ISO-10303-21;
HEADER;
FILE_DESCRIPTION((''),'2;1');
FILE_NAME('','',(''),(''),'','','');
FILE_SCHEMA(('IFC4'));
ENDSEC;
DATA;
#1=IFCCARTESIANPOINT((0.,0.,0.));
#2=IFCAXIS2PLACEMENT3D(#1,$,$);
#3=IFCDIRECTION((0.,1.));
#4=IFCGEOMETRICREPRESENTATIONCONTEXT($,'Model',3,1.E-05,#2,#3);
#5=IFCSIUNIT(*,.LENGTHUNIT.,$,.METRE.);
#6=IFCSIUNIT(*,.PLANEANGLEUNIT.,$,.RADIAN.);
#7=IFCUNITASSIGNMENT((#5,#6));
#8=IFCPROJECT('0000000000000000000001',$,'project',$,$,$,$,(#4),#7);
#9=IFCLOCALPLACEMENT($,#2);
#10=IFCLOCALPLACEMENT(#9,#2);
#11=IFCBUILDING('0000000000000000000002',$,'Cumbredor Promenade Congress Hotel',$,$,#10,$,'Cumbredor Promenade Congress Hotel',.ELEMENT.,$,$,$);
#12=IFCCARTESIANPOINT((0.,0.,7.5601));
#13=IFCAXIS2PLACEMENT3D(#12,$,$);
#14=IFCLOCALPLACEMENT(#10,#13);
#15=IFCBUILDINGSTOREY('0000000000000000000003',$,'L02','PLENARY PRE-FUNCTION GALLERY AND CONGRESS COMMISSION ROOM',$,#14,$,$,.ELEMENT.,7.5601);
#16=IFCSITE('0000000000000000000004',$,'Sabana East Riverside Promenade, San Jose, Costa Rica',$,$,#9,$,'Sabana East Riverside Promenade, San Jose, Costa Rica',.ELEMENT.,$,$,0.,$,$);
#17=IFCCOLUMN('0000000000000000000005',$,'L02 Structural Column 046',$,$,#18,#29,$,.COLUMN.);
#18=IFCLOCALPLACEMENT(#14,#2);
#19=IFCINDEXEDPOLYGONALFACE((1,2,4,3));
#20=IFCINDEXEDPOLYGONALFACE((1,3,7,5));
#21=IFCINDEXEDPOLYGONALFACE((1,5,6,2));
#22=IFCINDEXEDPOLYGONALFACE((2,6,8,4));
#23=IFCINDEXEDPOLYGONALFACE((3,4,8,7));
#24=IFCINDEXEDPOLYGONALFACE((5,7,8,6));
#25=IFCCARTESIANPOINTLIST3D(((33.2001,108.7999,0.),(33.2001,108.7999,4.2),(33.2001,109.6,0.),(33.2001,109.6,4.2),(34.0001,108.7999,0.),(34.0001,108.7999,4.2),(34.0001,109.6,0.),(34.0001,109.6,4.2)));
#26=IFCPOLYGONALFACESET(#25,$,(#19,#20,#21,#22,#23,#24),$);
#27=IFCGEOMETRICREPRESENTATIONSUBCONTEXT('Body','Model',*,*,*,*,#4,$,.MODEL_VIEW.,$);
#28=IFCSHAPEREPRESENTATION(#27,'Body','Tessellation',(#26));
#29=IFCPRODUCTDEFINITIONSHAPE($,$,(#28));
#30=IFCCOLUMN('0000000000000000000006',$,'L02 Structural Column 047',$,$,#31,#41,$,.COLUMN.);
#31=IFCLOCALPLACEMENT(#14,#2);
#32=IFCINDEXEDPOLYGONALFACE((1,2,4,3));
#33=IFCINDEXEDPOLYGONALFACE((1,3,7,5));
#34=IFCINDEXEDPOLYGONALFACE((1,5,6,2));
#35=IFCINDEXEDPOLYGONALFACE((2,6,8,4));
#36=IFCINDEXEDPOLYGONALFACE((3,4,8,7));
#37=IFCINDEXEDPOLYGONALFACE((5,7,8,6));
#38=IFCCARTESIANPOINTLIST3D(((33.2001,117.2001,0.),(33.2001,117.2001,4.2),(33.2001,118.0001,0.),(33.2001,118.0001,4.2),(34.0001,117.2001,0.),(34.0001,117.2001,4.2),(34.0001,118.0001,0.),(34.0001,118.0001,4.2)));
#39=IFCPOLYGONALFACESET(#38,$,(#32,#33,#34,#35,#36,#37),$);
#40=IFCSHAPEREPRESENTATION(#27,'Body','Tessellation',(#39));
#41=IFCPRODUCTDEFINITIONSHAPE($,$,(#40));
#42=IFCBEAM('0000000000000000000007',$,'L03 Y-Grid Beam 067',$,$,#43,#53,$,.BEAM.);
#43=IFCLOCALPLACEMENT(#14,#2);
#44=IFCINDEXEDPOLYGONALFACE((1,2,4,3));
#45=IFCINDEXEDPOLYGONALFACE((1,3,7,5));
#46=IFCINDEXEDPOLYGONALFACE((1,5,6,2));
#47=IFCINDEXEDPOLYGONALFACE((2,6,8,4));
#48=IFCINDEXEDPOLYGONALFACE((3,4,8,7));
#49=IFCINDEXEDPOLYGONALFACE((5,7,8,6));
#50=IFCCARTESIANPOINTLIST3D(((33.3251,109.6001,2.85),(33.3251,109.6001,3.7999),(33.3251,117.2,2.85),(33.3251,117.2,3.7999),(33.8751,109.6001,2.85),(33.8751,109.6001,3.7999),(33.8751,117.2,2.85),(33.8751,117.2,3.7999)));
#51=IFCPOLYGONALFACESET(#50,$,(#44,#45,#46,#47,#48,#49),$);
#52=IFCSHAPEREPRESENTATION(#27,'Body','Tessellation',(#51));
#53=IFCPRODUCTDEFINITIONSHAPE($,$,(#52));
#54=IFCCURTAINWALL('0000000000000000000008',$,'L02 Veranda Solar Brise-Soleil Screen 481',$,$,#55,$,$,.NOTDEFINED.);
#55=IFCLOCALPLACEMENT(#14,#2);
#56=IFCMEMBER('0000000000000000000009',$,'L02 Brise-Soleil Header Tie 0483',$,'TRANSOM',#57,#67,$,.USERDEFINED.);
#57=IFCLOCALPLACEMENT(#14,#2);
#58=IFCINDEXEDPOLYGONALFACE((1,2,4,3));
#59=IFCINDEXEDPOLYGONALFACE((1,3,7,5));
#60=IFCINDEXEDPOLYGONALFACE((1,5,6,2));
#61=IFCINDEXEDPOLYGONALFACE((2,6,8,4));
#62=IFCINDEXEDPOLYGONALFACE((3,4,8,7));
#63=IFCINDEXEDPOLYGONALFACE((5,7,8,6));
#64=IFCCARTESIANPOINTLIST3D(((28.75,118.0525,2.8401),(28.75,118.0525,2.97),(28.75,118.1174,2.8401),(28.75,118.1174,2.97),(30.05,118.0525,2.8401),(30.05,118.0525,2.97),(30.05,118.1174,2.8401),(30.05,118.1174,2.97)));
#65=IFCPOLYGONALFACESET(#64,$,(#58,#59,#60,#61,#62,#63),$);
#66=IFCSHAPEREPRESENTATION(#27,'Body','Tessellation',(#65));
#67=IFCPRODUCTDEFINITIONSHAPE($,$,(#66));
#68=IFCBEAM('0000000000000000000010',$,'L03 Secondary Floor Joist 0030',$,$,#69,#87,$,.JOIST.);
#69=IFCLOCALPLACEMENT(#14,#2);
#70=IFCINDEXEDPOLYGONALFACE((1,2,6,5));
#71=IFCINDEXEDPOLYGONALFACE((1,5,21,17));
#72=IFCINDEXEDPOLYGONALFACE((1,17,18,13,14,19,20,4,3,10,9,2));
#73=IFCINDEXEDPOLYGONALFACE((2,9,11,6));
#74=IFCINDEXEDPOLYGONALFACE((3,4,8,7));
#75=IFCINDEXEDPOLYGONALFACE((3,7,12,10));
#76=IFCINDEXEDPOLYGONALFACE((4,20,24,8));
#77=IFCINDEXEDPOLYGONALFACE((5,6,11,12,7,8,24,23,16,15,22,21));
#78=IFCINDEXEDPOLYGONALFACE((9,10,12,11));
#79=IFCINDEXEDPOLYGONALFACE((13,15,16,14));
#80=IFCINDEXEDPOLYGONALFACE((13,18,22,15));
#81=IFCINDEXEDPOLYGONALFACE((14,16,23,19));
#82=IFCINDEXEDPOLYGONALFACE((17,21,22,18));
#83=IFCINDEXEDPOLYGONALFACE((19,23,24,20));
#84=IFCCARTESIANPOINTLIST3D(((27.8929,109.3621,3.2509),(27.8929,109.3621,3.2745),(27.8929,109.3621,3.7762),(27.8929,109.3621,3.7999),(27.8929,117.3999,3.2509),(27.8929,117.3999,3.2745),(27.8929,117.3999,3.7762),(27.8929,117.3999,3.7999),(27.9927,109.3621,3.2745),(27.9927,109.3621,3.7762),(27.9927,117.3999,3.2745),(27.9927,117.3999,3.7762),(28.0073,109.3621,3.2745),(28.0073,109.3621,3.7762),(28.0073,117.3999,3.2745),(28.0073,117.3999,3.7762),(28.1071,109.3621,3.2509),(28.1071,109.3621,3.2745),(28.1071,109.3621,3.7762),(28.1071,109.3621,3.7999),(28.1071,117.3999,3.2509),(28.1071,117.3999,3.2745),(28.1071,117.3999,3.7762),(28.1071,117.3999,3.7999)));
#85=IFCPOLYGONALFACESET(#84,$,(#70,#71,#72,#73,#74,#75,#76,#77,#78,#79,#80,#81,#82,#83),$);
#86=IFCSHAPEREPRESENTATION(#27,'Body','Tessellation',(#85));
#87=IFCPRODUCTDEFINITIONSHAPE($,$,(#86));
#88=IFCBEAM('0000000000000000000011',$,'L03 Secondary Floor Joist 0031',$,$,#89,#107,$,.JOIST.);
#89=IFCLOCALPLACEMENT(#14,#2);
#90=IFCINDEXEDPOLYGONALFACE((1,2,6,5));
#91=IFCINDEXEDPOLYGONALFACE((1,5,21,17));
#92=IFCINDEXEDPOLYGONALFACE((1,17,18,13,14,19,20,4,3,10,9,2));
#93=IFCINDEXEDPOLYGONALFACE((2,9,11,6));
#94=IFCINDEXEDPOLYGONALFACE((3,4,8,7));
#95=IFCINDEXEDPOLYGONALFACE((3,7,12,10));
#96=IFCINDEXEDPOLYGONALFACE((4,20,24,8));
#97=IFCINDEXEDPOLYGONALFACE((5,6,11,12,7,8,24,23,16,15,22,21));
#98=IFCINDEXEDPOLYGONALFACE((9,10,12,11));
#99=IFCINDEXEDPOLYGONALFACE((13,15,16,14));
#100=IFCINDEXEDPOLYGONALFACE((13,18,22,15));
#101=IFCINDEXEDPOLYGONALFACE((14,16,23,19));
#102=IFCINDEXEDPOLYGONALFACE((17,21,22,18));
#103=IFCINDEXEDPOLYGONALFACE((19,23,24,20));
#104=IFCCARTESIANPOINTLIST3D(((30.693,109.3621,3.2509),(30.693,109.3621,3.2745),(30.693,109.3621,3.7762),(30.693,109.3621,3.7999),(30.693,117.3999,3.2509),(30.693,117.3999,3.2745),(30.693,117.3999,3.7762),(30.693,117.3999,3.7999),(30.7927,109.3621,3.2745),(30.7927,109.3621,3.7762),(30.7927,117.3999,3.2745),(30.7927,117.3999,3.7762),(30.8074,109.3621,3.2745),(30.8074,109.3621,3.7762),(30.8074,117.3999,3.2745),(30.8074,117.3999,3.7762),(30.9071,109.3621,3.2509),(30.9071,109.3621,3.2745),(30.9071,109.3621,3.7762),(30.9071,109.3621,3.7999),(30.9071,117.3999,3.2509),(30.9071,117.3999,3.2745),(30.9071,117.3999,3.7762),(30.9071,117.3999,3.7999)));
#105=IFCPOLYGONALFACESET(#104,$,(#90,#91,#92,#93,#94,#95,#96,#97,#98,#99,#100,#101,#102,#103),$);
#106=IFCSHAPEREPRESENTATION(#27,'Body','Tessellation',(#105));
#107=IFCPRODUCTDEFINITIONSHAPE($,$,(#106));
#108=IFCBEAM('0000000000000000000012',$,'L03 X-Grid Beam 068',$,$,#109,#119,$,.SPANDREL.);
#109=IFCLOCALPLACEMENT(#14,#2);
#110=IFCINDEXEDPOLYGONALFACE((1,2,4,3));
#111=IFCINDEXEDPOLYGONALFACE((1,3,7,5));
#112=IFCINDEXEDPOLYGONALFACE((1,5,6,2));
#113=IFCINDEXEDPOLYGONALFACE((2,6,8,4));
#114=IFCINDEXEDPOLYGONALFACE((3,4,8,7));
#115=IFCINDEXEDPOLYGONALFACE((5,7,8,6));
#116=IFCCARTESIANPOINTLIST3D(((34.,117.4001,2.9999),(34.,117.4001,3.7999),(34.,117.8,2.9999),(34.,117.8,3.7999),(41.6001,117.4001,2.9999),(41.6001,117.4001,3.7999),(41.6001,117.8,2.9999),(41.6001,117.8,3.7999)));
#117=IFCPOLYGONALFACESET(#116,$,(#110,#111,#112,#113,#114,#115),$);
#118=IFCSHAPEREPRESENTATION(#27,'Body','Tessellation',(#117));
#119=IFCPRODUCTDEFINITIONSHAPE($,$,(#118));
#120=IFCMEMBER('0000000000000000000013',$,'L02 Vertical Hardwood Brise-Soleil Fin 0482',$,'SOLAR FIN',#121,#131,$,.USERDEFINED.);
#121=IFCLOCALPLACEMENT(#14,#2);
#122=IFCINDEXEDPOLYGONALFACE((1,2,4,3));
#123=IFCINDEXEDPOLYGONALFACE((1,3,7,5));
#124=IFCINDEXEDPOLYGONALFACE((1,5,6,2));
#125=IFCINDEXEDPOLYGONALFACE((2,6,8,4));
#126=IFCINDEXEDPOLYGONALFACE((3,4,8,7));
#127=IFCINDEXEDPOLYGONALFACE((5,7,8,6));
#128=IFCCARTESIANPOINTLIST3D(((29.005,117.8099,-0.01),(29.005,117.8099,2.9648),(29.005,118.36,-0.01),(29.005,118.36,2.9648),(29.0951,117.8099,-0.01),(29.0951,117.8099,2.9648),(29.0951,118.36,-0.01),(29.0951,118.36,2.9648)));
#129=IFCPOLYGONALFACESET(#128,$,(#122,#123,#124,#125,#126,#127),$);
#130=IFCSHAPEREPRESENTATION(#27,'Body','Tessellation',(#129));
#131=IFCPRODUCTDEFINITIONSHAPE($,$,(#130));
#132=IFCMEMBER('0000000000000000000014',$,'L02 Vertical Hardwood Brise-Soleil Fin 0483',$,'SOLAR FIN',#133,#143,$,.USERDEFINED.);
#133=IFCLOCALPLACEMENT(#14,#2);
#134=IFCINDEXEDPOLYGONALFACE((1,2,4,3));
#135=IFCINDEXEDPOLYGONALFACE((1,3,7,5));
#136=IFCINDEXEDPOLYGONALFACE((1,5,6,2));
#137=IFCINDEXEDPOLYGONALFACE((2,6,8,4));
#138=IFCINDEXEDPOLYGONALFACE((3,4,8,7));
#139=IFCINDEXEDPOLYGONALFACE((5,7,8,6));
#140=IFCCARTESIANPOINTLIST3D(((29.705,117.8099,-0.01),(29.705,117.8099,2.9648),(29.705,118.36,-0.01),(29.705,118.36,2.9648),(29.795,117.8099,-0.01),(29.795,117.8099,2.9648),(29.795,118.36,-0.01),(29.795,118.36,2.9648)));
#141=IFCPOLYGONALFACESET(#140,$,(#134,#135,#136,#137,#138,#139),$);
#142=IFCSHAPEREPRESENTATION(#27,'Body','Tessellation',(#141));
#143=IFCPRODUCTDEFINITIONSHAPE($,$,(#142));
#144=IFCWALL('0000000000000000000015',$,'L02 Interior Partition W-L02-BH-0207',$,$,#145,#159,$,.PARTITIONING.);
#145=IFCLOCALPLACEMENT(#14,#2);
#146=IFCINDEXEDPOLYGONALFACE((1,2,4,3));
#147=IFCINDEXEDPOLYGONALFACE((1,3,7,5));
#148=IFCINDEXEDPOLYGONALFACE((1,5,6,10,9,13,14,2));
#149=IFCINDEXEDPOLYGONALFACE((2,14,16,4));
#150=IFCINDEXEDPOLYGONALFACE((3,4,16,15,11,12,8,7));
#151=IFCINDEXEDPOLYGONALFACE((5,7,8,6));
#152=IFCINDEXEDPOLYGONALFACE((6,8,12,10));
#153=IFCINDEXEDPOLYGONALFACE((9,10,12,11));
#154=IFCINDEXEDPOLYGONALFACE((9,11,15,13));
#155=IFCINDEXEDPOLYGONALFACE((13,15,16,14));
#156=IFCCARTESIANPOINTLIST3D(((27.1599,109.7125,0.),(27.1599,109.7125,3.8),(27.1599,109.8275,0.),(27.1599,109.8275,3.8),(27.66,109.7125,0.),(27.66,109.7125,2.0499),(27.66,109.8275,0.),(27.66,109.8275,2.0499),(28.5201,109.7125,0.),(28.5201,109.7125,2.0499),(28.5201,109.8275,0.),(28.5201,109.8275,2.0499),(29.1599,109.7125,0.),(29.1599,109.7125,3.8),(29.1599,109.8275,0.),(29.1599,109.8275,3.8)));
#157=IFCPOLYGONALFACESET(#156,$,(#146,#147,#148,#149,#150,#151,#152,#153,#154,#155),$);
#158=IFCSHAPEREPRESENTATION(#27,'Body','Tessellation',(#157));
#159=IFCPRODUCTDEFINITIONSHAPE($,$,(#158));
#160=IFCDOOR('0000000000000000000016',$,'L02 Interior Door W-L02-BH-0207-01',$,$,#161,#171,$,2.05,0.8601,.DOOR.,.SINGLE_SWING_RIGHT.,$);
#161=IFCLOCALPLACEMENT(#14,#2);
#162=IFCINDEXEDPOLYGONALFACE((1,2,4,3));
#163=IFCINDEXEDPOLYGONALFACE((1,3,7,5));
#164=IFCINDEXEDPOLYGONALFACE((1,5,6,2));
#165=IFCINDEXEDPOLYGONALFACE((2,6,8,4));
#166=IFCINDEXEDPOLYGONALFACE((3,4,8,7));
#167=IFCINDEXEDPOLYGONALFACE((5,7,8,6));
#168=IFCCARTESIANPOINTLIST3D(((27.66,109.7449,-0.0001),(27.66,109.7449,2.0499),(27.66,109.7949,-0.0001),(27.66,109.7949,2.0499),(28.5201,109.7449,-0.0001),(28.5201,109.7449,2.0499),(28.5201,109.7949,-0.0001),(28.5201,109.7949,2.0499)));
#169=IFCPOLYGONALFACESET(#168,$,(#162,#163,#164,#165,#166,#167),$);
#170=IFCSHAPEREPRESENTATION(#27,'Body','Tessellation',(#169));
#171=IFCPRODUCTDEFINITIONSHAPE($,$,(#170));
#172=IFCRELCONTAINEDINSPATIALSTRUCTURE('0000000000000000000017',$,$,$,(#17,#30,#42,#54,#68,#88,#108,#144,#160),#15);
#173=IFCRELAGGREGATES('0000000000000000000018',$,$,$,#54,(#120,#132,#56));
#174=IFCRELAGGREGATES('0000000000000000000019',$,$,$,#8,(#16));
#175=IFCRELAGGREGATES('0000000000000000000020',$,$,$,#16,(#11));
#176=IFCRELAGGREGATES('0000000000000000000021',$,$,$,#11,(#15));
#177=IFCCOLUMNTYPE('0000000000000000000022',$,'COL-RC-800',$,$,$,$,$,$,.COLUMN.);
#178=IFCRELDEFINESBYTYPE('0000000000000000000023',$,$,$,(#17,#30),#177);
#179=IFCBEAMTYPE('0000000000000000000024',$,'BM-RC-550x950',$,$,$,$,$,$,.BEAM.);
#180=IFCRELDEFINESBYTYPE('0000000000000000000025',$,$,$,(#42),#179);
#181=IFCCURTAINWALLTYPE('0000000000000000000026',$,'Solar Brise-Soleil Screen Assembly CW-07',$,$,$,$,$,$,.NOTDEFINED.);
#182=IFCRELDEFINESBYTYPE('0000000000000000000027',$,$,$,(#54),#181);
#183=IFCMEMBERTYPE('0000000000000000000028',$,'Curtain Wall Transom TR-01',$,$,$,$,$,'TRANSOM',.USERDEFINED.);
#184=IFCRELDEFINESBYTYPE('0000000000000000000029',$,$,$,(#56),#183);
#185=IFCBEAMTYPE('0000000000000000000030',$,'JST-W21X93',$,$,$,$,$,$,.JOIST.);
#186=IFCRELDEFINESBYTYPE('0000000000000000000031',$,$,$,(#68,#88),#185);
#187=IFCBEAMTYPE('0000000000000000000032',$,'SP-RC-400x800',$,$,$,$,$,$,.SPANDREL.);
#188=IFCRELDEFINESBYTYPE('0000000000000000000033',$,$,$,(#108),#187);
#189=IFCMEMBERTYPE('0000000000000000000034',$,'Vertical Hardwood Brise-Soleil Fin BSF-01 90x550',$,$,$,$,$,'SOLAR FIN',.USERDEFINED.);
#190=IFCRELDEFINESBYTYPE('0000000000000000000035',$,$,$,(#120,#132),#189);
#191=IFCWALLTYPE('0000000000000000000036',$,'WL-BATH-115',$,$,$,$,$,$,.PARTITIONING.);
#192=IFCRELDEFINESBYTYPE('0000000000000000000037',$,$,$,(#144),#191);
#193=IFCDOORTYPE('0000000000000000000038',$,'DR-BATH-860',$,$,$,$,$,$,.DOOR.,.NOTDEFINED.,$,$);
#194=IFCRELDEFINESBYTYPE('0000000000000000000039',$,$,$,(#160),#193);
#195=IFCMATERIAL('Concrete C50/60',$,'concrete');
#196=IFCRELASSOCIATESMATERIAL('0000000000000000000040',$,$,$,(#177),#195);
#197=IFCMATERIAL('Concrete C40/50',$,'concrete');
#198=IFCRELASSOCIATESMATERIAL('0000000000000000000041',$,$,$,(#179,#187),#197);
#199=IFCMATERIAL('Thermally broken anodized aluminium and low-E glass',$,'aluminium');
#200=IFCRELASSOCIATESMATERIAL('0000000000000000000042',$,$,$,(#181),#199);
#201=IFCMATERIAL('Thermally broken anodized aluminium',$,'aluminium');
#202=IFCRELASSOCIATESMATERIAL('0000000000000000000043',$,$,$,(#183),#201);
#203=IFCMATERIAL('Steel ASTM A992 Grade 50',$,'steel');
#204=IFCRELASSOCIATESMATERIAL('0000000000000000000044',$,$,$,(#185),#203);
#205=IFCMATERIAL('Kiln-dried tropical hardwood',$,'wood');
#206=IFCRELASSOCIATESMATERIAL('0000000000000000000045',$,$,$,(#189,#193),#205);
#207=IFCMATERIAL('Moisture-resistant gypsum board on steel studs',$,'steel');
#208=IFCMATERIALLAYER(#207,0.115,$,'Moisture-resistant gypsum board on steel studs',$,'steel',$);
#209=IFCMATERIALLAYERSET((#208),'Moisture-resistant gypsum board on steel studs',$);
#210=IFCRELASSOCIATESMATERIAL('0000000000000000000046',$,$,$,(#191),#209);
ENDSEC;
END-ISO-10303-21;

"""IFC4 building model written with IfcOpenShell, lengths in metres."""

from ifc_helpers import new_model, si_unit, direction, frame, frame_2d, origin, origin_2d, place, context, subcontext, project, spatial, rectangle, i_section, extrude, material, layer, layer_set, material_profile, profile_set, type_object, element, fill, aggregate, save


model = new_model("IFC4")

# Units and contexts
model_context = context("Model", 3, precision=1e-05, world=origin(), true_north=direction((0.0, 1.0)))
body_context = subcontext(model_context, "Body", "Model", "MODEL_VIEW")
ifc_project = project(units=[si_unit("LENGTHUNIT", "METRE"), si_unit("PLANEANGLEUNIT", "RADIAN")], contexts=[model_context])

# Site, building, storey
site_placement = place(None, origin())
site = spatial("IfcSite", under=ifc_project, at=site_placement, Name="Sabana East Riverside Promenade, San Jose, Costa Rica", LongName="Sabana East Riverside Promenade, San Jose, Costa Rica", CompositionType="ELEMENT", RefElevation=0.0)
building_placement = place(site_placement, origin())
building = spatial("IfcBuilding", under=site, at=building_placement, Name="Cumbredor Promenade Congress Hotel", LongName="Cumbredor Promenade Congress Hotel", CompositionType="ELEMENT")
storey_placement = place(building_placement, frame((0.0, 0.0, 7.5601)))
storey = spatial("IfcBuildingStorey", under=building, at=storey_placement, Name="L02", Description="PLENARY PRE-FUNCTION GALLERY AND CONGRESS COMMISSION ROOM", CompositionType="ELEMENT", Elevation=7.5601)

# Columns
ifc_material_1 = material(Name="Concrete C50/60", Category="concrete")
ifc_material_profile_1 = material_profile(ifc_material_1, rectangle(XDim=0.8, YDim=0.8, at=origin_2d()), Name="RC 800x800")
ifc_profile_set_1 = profile_set([ifc_material_profile_1], Name="Concrete C50/60")
column_type = type_object("IfcColumnType", Name="COL-RC-800", PredefinedType="COLUMN", material=ifc_profile_set_1)
for number, where, z_axis, x_axis, name in (
    (1, (33.6001, 109.2, 0.0), (0.0, 0.0, 1.0), (1.0, 0.0, 0.0), "L02 Structural Column 046"),
    (2, (33.6001, 117.6001, 0.0), (0.0, 0.0, 1.0), (1.0, 0.0, 0.0), "L02 Structural Column 047"),
):
    element("IfcColumn", number, at=place(storey_placement, frame(where, z_axis=z_axis, x_axis=x_axis)), inside=storey, type_object=column_type, Name=name, PredefinedType="COLUMN", context=body_context, shape_type="SweptSolid", body=[
        extrude(rectangle(XDim=0.8, YDim=0.8, at=origin_2d()), origin(), (0.0, 0.0, 1.0), 4.2),
    ])

# Beam
ifc_material_2 = material(Name="Concrete C40/50", Category="concrete")
ifc_material_profile_2 = material_profile(ifc_material_2, rectangle(XDim=0.55, YDim=0.95, at=origin_2d()), Name="RC BEAM 550x950")
ifc_profile_set_2 = profile_set([ifc_material_profile_2], Name="Concrete C40/50")
beam_type_1 = type_object("IfcBeamType", Name="BM-RC-550x950", PredefinedType="BEAM", material=ifc_profile_set_2)
beam_1_placement = place(storey_placement, frame((33.6001, 109.6001, 3.325), z_axis=(0.0, 1.0, 0.0), x_axis=(-1.0, 0.0, 0.0)))
element("IfcBeam", 3, at=beam_1_placement, inside=storey, type_object=beam_type_1, Name="L03 Y-Grid Beam 067", PredefinedType="BEAM", context=body_context, shape_type="SweptSolid", body=[
    extrude(rectangle(XDim=0.55, YDim=0.95, at=origin_2d()), origin(), (0.0, 0.0, 1.0), 7.5999),
])

# Curtain wall, member
ifc_material_3 = material(Name="Thermally broken anodized aluminium and low-E glass", Category="aluminium")
curtain_wall_type = type_object("IfcCurtainWallType", Name="Solar Brise-Soleil Screen Assembly CW-07", PredefinedType="NOTDEFINED", material=ifc_material_3)
curtain_wall_placement = place(storey_placement, origin())
curtain_wall = element("IfcCurtainWall", 4, at=curtain_wall_placement, inside=storey, type_object=curtain_wall_type, Name="L02 Veranda Solar Brise-Soleil Screen 481", PredefinedType="NOTDEFINED")
ifc_material_4 = material(Name="Thermally broken anodized aluminium", Category="aluminium")
ifc_material_profile_3 = material_profile(ifc_material_4, rectangle(XDim=0.0649, YDim=0.1299, at=origin_2d()), Name="ALU TRANSOM 65x130")
ifc_profile_set_3 = profile_set([ifc_material_profile_3], Name="Thermally broken anodized aluminium")
member_type_1 = type_object("IfcMemberType", Name="Curtain Wall Transom TR-01", ElementType="TRANSOM", PredefinedType="USERDEFINED", material=ifc_profile_set_3)
member_1_placement = place(storey_placement, frame((28.75, 118.085, 2.905), z_axis=(1.0, 0.0, 0.0), x_axis=(0.0, 1.0, 0.0)))
member_1 = element("IfcMember", 5, at=member_1_placement, type_object=member_type_1, Name="L02 Brise-Soleil Header Tie 0483", ObjectType="TRANSOM", PredefinedType="USERDEFINED", context=body_context, shape_type="SweptSolid", body=[
    extrude(rectangle(XDim=0.0649, YDim=0.1299, at=origin_2d()), origin(), (0.0, 0.0, 1.0), 1.3),
])

# Beams
ifc_material_5 = material(Name="Steel ASTM A992 Grade 50", Category="steel")
ifc_material_profile_4 = material_profile(ifc_material_5, i_section(OverallWidth=0.2141, OverallDepth=0.5491, WebThickness=0.0146, FlangeThickness=0.0237, at=origin_2d()), Name="W21X93")
ifc_profile_set_4 = profile_set([ifc_material_profile_4], Name="Steel ASTM A992 Grade 50")
beam_type_2 = type_object("IfcBeamType", Name="JST-W21X93", PredefinedType="JOIST", material=ifc_profile_set_4)
for number, where, z_axis, x_axis, name in (
    (6, (28.0, 109.3621, 3.5254), (0.0, 1.0, 0.0), (-1.0, 0.0, 0.0), "L03 Secondary Floor Joist 0030"),
    (7, (30.8, 109.3621, 3.5254), (0.0, 1.0, 0.0), (-1.0, 0.0, 0.0), "L03 Secondary Floor Joist 0031"),
):
    element("IfcBeam", number, at=place(storey_placement, frame(where, z_axis=z_axis, x_axis=x_axis)), inside=storey, type_object=beam_type_2, Name=name, PredefinedType="JOIST", context=body_context, shape_type="SweptSolid", body=[
        extrude(i_section(OverallWidth=0.2141, OverallDepth=0.5491, WebThickness=0.0146, FlangeThickness=0.0237, at=origin_2d()), origin(), (0.0, 0.0, 1.0), 8.0378),
    ])
ifc_material_profile_5 = material_profile(ifc_material_2, rectangle(XDim=0.3999, YDim=0.8, at=origin_2d()), Name="RC SPANDREL 400x800")
ifc_profile_set_5 = profile_set([ifc_material_profile_5], Name="Concrete C40/50")
beam_type_3 = type_object("IfcBeamType", Name="SP-RC-400x800", PredefinedType="SPANDREL", material=ifc_profile_set_5)
beam_2_placement = place(storey_placement, frame((34.0, 117.6001, 3.3999), z_axis=(1.0, 0.0, 0.0), x_axis=(0.0, 1.0, 0.0)))
element("IfcBeam", 8, at=beam_2_placement, inside=storey, type_object=beam_type_3, Name="L03 X-Grid Beam 068", PredefinedType="SPANDREL", context=body_context, shape_type="SweptSolid", body=[
    extrude(rectangle(XDim=0.3999, YDim=0.8, at=origin_2d()), origin(), (0.0, 0.0, 1.0), 7.6001),
])

# Members
ifc_material_6 = material(Name="Kiln-dried tropical hardwood", Category="wood")
ifc_material_profile_6 = material_profile(ifc_material_6, rectangle(XDim=0.0901, YDim=0.55, at=origin_2d()), Name="ARCH FIN 90x550")
ifc_profile_set_6 = profile_set([ifc_material_profile_6], Name="Kiln-dried tropical hardwood")
member_type_2 = type_object("IfcMemberType", Name="Vertical Hardwood Brise-Soleil Fin BSF-01 90x550", ElementType="SOLAR FIN", PredefinedType="USERDEFINED", material=ifc_profile_set_6)
member_2_placement = place(storey_placement, frame((29.05, 118.085, -0.01), z_axis=(0.0, 0.0, 1.0), x_axis=(1.0, 0.0, 0.0)))
member_2 = element("IfcMember", 9, at=member_2_placement, type_object=member_type_2, Name="L02 Vertical Hardwood Brise-Soleil Fin 0482", ObjectType="SOLAR FIN", PredefinedType="USERDEFINED", context=body_context, shape_type="SweptSolid", body=[
    extrude(rectangle(XDim=0.0901, YDim=0.55, at=origin_2d()), origin(), (0.0, 0.0, 1.0), 2.9749),
])
member_3_placement = place(storey_placement, frame((29.75, 118.085, -0.01), z_axis=(0.0, 0.0, 1.0), x_axis=(1.0, 0.0, 0.0)))
member_3 = element("IfcMember", 10, at=member_3_placement, type_object=member_type_2, Name="L02 Vertical Hardwood Brise-Soleil Fin 0483", ObjectType="SOLAR FIN", PredefinedType="USERDEFINED", context=body_context, shape_type="SweptSolid", body=[
    extrude(rectangle(XDim=0.0901, YDim=0.55, at=origin_2d()), origin(), (0.0, 0.0, 1.0), 2.9749),
])
aggregate(curtain_wall, [member_2, member_3, member_1])

# Wall, opening, door
ifc_material_7 = material(Name="Moisture-resistant gypsum board on steel studs", Category="steel")
ifc_layer_1 = layer(ifc_material_7, 0.115, Name="Moisture-resistant gypsum board on steel studs", Category="steel")
ifc_layer_set_1 = layer_set([ifc_layer_1], Name="Moisture-resistant gypsum board on steel studs")
wall_type_1 = type_object("IfcWallType", Name="WL-BATH-115", PredefinedType="PARTITIONING", material=ifc_layer_set_1)
wall_1_placement = place(storey_placement, frame((27.1599, 109.77, 0.0), z_axis=(0.0, 0.0, 1.0), x_axis=(1.0, 0.0, 0.0)))
wall_1 = element("IfcWall", 11, at=wall_1_placement, inside=storey, type_object=wall_type_1, Name="L02 Interior Partition W-L02-BH-0207", PredefinedType="PARTITIONING", context=body_context, shape_type="SweptSolid", body=[
    extrude(rectangle(XDim=2.0, YDim=0.115, at=frame_2d((1.0, 0.0))), origin(), (0.0, 0.0, 1.0), 3.8),
])
opening_1_placement = place(wall_1_placement, frame((0.5, 0.0, 0.0)))
opening_1 = element("IfcOpeningElement", 12, at=opening_1_placement, cuts=wall_1, PredefinedType="OPENING", context=body_context, shape_type="SweptSolid", body=[
    extrude(rectangle(XDim=0.8601, YDim=2.05, at=frame_2d((0.4302, 1.0249))), frame((0.0, 0.0674, 0.0), z_axis=(0.0, -1.0, 0.0), x_axis=(1.0, 0.0, 0.0)), (0.0, 0.0, 1.0), 0.135),
])
door_type_1 = type_object("IfcDoorType", Name="DR-BATH-860", OperationType="NOTDEFINED", PredefinedType="DOOR", material=ifc_material_6)
door_1_placement = place(opening_1_placement, origin())
door_1 = element("IfcDoor", 13, at=door_1_placement, inside=storey, type_object=door_type_1, Name="L02 Interior Door W-L02-BH-0207-01", OperationType="SINGLE_SWING_RIGHT", OverallHeight=2.05, OverallWidth=0.8601, PredefinedType="DOOR", context=body_context, shape_type="SweptSolid", body=[
    extrude(rectangle(XDim=0.8601, YDim=2.05, at=frame_2d((0.4302, 1.0249))), frame((0.0, 0.0249, 0.0), z_axis=(0.0, -1.0, 0.0), x_axis=(1.0, 0.0, 0.0)), (0.0, 0.0, 1.0), 0.05),
])
fill(opening_1, door_1)

save(model, "model.ifc")
